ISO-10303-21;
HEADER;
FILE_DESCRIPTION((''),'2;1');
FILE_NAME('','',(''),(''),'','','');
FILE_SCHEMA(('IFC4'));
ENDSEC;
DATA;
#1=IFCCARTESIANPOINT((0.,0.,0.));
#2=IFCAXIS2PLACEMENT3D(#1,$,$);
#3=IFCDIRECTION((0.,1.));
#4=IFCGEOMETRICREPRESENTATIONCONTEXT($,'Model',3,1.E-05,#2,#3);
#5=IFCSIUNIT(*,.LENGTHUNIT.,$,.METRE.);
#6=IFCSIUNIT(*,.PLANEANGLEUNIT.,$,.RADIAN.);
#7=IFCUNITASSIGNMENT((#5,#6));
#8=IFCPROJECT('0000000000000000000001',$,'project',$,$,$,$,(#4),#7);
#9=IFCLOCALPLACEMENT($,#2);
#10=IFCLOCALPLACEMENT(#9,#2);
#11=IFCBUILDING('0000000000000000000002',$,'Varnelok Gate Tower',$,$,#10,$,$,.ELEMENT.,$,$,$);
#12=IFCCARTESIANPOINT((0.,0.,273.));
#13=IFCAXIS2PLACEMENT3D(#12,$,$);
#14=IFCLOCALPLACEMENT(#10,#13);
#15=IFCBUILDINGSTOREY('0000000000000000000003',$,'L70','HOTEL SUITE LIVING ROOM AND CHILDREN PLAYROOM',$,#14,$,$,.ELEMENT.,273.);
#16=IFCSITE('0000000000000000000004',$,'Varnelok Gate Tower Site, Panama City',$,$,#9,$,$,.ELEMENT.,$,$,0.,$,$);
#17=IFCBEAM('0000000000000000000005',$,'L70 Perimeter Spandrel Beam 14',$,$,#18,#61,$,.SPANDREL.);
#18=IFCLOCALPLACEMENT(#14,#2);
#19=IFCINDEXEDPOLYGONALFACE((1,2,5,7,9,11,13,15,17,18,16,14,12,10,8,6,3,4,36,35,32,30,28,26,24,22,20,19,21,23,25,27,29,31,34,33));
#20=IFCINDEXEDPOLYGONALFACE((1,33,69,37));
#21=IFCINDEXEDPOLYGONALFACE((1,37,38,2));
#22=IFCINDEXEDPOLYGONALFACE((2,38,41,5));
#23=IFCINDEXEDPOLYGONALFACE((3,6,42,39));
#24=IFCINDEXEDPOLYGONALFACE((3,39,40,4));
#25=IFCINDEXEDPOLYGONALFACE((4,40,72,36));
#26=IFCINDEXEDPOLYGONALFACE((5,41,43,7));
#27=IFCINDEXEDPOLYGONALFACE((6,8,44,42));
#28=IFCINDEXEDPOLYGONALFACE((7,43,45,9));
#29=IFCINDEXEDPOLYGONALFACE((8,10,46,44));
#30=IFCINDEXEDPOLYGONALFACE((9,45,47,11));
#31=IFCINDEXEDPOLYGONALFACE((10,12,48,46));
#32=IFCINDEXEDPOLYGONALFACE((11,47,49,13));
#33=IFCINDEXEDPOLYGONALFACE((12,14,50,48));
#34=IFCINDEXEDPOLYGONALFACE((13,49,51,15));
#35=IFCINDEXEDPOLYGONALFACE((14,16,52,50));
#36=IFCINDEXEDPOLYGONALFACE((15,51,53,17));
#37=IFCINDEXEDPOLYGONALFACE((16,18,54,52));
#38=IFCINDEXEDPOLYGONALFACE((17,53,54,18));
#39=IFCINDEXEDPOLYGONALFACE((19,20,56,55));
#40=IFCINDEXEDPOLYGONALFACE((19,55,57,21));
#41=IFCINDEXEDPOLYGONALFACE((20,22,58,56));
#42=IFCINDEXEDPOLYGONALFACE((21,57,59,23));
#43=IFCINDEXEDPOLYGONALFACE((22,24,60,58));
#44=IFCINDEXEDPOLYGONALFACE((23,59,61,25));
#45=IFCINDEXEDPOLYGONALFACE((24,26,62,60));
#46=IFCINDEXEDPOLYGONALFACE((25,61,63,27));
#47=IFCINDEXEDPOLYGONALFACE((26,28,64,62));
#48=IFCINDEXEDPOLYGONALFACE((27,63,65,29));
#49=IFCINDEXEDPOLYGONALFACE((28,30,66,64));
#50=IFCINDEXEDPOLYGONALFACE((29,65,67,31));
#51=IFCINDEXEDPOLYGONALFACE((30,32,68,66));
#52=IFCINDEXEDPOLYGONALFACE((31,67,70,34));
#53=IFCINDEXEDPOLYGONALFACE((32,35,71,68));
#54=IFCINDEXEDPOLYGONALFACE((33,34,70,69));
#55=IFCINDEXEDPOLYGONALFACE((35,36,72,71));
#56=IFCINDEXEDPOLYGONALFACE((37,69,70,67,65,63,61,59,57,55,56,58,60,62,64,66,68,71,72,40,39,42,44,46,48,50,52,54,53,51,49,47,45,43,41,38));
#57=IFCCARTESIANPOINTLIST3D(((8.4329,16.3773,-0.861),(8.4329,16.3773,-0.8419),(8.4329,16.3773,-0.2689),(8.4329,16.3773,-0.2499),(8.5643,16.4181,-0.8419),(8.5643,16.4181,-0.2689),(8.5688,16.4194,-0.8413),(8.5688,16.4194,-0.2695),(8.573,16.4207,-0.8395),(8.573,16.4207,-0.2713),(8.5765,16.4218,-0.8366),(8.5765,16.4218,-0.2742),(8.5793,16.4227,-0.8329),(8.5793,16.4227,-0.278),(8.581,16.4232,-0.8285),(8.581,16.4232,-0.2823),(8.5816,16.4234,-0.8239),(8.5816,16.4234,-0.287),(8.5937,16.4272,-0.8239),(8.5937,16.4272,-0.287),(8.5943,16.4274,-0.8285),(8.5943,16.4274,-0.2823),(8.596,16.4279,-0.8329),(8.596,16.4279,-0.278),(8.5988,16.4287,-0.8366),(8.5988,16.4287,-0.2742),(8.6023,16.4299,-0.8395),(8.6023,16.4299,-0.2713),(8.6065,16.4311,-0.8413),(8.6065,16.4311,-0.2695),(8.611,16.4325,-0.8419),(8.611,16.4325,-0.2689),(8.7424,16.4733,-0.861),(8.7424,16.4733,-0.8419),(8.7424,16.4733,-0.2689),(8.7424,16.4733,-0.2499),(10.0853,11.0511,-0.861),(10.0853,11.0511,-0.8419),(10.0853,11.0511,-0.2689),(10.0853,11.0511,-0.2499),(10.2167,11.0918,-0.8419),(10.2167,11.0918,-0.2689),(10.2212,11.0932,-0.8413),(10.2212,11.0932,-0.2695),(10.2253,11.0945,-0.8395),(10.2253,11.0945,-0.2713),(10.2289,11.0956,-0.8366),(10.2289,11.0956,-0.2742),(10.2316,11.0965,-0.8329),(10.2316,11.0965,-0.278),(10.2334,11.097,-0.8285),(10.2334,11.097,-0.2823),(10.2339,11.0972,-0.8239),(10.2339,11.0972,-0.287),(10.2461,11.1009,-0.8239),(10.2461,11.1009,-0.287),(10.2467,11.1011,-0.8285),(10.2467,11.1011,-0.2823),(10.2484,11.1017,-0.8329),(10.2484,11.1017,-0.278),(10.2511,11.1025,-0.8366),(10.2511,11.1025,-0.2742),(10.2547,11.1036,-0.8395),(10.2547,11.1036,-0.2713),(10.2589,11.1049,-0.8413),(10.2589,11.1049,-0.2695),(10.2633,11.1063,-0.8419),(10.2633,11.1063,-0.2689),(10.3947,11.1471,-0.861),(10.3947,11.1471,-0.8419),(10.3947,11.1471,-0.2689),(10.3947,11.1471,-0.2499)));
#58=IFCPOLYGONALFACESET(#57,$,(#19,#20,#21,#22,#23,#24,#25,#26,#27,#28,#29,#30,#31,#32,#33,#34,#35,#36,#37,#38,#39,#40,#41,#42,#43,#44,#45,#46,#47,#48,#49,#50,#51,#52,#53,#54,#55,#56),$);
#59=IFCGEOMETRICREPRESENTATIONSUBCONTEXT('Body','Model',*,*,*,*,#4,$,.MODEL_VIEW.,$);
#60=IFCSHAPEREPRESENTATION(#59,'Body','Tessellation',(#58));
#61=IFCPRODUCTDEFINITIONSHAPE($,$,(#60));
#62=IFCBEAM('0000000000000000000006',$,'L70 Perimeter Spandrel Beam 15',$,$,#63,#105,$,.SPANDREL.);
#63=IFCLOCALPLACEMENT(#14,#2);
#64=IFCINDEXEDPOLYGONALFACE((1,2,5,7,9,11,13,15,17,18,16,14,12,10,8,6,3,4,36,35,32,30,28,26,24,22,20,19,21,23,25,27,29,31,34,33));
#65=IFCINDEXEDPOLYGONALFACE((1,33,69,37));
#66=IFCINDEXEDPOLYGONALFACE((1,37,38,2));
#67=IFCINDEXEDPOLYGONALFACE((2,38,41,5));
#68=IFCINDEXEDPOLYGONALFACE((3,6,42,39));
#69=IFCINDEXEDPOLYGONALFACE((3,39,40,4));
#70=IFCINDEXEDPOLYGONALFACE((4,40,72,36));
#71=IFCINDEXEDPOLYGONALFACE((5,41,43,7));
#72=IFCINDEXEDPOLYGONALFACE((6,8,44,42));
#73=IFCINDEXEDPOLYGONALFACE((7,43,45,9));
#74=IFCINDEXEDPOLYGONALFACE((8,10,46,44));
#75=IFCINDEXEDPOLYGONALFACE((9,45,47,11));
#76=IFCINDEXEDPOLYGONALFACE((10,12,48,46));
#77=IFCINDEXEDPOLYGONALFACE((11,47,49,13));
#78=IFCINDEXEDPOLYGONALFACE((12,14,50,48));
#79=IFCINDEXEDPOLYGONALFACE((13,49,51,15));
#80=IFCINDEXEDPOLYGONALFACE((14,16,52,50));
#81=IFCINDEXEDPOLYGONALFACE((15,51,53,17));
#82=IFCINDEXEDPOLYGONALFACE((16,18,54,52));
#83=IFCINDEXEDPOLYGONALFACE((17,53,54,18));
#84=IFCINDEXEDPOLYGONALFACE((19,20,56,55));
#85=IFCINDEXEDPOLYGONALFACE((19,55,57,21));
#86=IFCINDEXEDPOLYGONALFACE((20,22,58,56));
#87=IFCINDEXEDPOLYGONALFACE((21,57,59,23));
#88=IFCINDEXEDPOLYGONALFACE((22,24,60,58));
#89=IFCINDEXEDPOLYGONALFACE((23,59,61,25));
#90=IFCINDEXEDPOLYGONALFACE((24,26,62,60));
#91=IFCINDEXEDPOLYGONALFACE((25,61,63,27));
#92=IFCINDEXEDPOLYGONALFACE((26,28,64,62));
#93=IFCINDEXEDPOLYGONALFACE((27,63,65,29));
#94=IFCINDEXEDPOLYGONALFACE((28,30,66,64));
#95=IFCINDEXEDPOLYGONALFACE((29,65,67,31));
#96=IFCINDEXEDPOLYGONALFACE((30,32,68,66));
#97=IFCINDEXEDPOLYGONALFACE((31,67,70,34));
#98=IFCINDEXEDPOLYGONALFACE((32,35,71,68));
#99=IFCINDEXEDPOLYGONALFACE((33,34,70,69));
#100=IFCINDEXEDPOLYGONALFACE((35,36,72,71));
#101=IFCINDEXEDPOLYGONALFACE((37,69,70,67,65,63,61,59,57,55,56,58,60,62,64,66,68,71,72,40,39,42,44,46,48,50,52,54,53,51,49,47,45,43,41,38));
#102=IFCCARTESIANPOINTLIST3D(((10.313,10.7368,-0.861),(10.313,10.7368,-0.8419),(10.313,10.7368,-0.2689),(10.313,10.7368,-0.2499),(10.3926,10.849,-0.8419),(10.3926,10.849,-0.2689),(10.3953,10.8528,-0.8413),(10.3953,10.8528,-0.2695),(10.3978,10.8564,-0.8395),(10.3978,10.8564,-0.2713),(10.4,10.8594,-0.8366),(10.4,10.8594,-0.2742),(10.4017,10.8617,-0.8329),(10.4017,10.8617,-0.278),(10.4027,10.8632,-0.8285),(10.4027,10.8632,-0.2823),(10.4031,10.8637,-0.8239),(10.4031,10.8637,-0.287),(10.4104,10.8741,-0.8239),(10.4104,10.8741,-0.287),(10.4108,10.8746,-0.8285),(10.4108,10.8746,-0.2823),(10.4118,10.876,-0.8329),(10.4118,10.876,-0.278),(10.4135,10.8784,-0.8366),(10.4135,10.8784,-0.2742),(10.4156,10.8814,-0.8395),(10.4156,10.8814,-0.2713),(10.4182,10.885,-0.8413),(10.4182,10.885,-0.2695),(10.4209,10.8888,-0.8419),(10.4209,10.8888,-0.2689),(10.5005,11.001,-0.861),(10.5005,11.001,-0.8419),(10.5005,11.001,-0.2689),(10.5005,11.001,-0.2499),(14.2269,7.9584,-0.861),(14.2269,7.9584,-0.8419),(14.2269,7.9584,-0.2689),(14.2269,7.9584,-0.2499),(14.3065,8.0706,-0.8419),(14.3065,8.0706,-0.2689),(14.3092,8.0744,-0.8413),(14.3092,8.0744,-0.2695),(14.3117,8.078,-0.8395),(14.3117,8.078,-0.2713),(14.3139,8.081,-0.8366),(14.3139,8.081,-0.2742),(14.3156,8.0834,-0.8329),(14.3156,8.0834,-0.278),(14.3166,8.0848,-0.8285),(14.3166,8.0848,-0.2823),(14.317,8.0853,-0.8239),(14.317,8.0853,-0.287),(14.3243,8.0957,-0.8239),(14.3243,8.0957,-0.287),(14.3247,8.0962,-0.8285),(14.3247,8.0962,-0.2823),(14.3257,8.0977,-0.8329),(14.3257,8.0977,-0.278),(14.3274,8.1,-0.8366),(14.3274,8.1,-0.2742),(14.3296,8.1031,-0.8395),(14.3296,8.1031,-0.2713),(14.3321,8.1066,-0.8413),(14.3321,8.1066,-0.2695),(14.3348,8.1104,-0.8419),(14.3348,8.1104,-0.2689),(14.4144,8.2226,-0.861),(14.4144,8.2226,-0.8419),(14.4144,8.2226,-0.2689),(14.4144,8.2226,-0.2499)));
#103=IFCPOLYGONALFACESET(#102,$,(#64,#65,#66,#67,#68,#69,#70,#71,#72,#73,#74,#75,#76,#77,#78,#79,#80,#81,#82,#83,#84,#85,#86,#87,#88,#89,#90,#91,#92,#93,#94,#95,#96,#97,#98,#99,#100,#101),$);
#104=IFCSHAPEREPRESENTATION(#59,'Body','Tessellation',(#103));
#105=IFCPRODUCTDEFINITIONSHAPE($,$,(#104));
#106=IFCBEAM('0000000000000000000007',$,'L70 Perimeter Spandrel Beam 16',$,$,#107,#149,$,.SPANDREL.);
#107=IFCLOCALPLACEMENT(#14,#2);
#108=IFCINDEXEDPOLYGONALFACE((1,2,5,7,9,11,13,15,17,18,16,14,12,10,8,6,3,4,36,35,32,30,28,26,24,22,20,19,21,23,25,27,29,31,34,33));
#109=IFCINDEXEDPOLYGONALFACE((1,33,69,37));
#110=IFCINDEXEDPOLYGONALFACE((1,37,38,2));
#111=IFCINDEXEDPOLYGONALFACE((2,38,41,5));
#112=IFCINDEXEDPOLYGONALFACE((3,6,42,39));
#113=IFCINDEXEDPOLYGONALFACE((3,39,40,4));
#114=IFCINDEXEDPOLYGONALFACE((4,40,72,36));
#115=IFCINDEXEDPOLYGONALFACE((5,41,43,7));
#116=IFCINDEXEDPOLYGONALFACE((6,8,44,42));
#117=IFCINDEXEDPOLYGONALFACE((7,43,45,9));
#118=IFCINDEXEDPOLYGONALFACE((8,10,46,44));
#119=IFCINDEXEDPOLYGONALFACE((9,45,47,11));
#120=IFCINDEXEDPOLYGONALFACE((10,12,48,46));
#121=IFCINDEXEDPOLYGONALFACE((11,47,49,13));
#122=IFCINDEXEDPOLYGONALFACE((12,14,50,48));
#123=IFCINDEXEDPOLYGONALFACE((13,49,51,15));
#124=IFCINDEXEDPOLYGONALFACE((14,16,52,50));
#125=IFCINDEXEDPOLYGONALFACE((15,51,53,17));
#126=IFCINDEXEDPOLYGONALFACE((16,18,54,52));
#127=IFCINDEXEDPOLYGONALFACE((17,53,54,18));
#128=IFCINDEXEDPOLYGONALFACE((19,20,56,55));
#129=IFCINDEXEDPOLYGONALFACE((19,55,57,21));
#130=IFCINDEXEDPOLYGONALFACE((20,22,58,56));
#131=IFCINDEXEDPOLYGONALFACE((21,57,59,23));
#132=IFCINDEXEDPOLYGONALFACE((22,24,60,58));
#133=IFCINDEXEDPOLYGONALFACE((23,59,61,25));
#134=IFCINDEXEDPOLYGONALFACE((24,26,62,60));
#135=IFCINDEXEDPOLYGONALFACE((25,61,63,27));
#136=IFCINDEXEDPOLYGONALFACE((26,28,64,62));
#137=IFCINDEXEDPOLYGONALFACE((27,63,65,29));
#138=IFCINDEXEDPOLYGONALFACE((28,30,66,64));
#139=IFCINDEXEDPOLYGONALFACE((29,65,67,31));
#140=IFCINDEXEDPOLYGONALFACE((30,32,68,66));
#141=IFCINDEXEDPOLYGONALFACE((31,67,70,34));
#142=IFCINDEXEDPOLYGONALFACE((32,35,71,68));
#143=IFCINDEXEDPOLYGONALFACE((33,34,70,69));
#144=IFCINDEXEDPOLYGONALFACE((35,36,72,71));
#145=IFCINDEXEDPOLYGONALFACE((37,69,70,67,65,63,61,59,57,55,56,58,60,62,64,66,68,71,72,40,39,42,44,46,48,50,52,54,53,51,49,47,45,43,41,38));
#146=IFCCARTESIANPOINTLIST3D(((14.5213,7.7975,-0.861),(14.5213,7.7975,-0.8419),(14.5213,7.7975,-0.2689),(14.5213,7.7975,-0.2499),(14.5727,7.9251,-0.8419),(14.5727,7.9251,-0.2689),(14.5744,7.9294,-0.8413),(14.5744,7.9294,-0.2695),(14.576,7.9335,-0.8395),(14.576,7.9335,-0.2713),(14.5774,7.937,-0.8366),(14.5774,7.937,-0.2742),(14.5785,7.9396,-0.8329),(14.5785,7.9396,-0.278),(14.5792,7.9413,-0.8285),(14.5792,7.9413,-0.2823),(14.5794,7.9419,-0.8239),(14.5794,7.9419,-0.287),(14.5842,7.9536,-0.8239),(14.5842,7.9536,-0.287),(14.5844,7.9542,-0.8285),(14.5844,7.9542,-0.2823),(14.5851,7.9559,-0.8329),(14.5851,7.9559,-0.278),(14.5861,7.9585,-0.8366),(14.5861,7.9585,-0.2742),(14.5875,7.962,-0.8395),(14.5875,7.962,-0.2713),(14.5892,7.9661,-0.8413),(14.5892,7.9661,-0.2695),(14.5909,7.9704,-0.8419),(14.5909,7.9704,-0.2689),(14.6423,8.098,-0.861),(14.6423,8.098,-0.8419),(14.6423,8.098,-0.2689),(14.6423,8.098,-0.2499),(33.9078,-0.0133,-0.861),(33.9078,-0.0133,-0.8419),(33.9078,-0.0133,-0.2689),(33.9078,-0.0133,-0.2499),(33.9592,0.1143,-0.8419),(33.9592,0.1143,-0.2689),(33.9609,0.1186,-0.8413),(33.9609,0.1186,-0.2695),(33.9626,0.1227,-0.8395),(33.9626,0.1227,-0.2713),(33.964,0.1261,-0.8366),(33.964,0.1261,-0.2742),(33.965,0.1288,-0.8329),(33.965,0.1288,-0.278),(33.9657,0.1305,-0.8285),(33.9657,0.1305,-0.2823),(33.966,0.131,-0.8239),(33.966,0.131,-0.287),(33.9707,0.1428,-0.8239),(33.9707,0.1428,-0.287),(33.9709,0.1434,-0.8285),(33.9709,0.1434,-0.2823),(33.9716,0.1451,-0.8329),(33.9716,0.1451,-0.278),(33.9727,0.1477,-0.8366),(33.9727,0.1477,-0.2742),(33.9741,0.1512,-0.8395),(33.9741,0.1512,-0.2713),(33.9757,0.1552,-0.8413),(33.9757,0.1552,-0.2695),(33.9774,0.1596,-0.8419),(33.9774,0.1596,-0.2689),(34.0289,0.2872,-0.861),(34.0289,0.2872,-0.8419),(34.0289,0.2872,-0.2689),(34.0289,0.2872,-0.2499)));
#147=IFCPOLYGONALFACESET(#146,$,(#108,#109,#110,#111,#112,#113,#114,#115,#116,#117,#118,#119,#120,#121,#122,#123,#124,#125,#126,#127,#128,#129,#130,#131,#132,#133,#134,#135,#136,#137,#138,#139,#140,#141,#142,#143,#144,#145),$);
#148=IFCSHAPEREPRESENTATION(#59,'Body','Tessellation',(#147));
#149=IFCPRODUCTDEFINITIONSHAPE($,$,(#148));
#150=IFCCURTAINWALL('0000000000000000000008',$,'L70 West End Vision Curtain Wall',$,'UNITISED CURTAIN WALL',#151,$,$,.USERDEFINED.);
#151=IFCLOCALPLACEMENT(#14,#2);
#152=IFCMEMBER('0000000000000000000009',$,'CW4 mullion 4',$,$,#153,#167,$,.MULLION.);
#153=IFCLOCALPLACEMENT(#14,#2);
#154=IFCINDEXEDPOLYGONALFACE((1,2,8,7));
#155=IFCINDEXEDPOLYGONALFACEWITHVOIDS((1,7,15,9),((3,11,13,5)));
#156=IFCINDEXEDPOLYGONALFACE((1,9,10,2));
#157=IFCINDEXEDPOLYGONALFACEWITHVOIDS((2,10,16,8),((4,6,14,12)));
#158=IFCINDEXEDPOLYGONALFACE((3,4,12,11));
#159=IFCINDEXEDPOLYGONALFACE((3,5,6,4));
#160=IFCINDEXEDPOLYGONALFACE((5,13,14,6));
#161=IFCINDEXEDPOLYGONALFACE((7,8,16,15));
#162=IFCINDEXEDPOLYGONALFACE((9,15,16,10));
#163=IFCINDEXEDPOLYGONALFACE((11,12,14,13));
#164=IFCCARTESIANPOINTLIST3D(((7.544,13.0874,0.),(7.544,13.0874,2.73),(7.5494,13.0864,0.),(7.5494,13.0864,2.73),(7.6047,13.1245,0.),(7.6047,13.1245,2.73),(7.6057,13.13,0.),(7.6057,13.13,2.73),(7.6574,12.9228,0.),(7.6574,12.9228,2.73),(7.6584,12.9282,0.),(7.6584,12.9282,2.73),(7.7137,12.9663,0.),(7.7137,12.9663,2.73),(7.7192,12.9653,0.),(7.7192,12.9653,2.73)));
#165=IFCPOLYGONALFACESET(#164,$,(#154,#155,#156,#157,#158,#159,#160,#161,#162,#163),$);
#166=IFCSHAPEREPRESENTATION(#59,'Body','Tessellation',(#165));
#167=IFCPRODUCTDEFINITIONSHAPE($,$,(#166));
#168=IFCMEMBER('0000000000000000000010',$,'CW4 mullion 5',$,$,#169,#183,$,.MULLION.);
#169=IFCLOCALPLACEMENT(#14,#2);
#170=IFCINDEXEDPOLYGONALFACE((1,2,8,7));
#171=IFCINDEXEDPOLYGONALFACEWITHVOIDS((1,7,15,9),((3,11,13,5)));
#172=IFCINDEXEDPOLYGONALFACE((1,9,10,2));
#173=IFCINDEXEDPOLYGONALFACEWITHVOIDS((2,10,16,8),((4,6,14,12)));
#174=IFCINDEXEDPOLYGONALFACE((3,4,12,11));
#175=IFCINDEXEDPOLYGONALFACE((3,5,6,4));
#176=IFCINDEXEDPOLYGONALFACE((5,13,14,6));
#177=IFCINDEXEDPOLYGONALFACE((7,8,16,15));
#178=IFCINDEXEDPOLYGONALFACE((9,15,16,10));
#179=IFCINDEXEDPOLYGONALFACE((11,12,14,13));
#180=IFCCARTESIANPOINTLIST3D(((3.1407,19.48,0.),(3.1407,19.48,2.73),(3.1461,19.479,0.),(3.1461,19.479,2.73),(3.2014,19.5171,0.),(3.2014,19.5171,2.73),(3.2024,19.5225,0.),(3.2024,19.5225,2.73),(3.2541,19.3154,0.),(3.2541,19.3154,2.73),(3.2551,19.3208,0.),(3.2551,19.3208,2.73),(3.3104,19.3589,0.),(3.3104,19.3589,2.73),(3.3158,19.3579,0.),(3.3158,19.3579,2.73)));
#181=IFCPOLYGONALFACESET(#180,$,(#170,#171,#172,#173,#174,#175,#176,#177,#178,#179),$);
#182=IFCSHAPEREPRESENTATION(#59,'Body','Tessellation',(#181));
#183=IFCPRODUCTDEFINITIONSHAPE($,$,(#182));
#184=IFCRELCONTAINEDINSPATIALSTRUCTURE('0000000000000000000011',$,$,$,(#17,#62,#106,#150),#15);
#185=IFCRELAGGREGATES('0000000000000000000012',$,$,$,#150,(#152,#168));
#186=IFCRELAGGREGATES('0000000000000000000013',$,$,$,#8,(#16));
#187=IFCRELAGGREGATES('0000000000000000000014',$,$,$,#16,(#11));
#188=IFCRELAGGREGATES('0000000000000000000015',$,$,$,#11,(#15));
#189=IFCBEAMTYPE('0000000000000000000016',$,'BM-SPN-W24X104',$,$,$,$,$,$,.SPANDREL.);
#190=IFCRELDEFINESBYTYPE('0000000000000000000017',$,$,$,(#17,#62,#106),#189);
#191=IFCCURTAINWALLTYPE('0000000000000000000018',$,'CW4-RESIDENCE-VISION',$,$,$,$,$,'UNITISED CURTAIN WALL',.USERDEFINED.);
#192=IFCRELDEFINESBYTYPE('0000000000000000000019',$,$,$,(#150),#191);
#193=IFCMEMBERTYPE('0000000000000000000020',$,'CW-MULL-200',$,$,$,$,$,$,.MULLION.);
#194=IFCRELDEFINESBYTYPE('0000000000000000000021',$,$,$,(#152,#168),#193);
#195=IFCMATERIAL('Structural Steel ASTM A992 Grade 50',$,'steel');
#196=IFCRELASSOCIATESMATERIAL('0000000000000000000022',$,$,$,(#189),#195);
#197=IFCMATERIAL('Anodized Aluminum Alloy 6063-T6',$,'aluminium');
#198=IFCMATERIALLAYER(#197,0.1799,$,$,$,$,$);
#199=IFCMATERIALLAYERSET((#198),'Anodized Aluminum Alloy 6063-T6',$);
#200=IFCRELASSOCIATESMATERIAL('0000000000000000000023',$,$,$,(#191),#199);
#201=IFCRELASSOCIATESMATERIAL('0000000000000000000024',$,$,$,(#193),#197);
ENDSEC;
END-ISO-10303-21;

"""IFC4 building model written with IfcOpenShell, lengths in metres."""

from ifc_helpers import new_model, si_unit, direction, frame, origin, origin_2d, place, context, subcontext, project, spatial, hollow_rectangle, i_section, extrude, material, layer, layer_set, material_profile, profile_set, type_object, element, aggregate, save


model = new_model("IFC4")

# Units and contexts
model_context = context("Model", 3, precision=1e-05, world=origin(), true_north=direction((0.0, 1.0)))
body_context = subcontext(model_context, "Body", "Model", "MODEL_VIEW")
ifc_project = project(units=[si_unit("LENGTHUNIT", "METRE"), si_unit("PLANEANGLEUNIT", "RADIAN")], contexts=[model_context])

# Site, building, storey
site_placement = place(None, origin())
site = spatial("IfcSite", under=ifc_project, at=site_placement, Name="Varnelok Gate Tower Site, Panama City", CompositionType="ELEMENT", RefElevation=0.0)
building_placement = place(site_placement, origin())
building = spatial("IfcBuilding", under=site, at=building_placement, Name="Varnelok Gate Tower", CompositionType="ELEMENT")
storey_placement = place(building_placement, frame((0.0, 0.0, 273.0)))
storey = spatial("IfcBuildingStorey", under=building, at=storey_placement, Name="L70", Description="HOTEL SUITE LIVING ROOM AND CHILDREN PLAYROOM", CompositionType="ELEMENT", Elevation=273.0)

# Shared definitions
ifc_material_1 = material(Name="Structural Steel ASTM A992 Grade 50", Category="steel")

# Beams
ifc_material_profile_1 = material_profile(ifc_material_1, i_section(OverallWidth=0.324, OverallDepth=0.6111, WebThickness=0.0127, FlangeThickness=0.019, FilletRadius=0.0181, at=origin_2d()), Name="W24X104")
ifc_profile_set_1 = profile_set([ifc_material_profile_1], Name="Structural Steel ASTM A992 Grade 50")
beam_type_1 = type_object("IfcBeamType", Name="BM-SPN-W24X104", PredefinedType="SPANDREL", material=ifc_profile_set_1)
beam_1_placement = place(storey_placement, frame((8.5876, 16.4253, -0.5554), z_axis=(0.2963, -0.955095, 0.0), x_axis=(0.955095, 0.2963, 0.0)))
element("IfcBeam", 1, at=beam_1_placement, inside=storey, type_object=beam_type_1, Name="L70 Perimeter Spandrel Beam 14", PredefinedType="SPANDREL", context=body_context, shape_type="SweptSolid", body=[
    extrude(i_section(OverallWidth=0.324, OverallDepth=0.6111, WebThickness=0.0127, FlangeThickness=0.019, FilletRadius=0.0181, at=origin_2d()), origin(), (0.0, 0.0, 1.0), 5.5767),
])
beam_2_placement = place(storey_placement, frame((10.4067, 10.8689, -0.5554), z_axis=(0.815431, -0.578854, 0.0), x_axis=(0.578854, 0.815431, 0.0)))
element("IfcBeam", 2, at=beam_2_placement, inside=storey, type_object=beam_type_1, Name="L70 Perimeter Spandrel Beam 15", PredefinedType="SPANDREL", context=body_context, shape_type="SweptSolid", body=[
    extrude(i_section(OverallWidth=0.324, OverallDepth=0.6111, WebThickness=0.0127, FlangeThickness=0.019, FilletRadius=0.0181, at=origin_2d()), origin(), (0.0, 0.0, 1.0), 4.7998),
])
beam_3_placement = place(storey_placement, frame((14.5818, 7.9478, -0.5554), z_axis=(0.927547, -0.373708, 0.0), x_axis=(0.373708, 0.927547, 0.0)))
element("IfcBeam", 3, at=beam_3_placement, inside=storey, type_object=beam_type_1, Name="L70 Perimeter Spandrel Beam 16", PredefinedType="SPANDREL", context=body_context, shape_type="SweptSolid", body=[
    extrude(i_section(OverallWidth=0.324, OverallDepth=0.6111, WebThickness=0.0127, FlangeThickness=0.019, FilletRadius=0.0181, at=origin_2d()), origin(), (0.0, 0.0, 1.0), 20.9009),
])

# Curtain wall, members
ifc_material_2 = material(Name="Anodized Aluminum Alloy 6063-T6", Category="aluminium")
ifc_layer_1 = layer(ifc_material_2, 0.1799)
ifc_layer_set_1 = layer_set([ifc_layer_1], Name="Anodized Aluminum Alloy 6063-T6")
curtain_wall_type = type_object("IfcCurtainWallType", Name="CW4-RESIDENCE-VISION", ElementType="UNITISED CURTAIN WALL", PredefinedType="USERDEFINED", material=ifc_layer_set_1)
curtain_wall_placement = place(storey_placement, origin())
curtain_wall = element("IfcCurtainWall", 4, at=curtain_wall_placement, inside=storey, type_object=curtain_wall_type, Name="L70 West End Vision Curtain Wall", ObjectType="UNITISED CURTAIN WALL", PredefinedType="USERDEFINED")
ifc_material_profile_2 = material_profile(ifc_material_2, hollow_rectangle(XDim=0.075, YDim=0.2, WallThickness=0.0039, at=origin_2d()), Name="ALU200X75X4")
ifc_profile_set_2 = profile_set([ifc_material_profile_2], Name="Anodized Aluminum Alloy 6063-T6")
member_type_1 = type_object("IfcMemberType", Name="CW-MULL-200", PredefinedType="MULLION", material=ifc_profile_set_2)
member_1_placement = place(storey_placement, frame((7.6316, 13.0264, 0.0), z_axis=(0.0, 0.0, 1.0), x_axis=(-0.823532, -0.567269, 0.0)))
member_1 = element("IfcMember", 5, at=member_1_placement, type_object=member_type_1, Name="CW4 mullion 4", PredefinedType="MULLION", context=body_context, shape_type="SweptSolid", body=[
    extrude(hollow_rectangle(XDim=0.075, YDim=0.2, WallThickness=0.0039, at=origin_2d()), origin(), (0.0, 0.0, 1.0), 2.73),
])
member_2_placement = place(storey_placement, frame((3.2283, 19.4189, 0.0), z_axis=(0.0, 0.0, 1.0), x_axis=(-0.823532, -0.567269, 0.0)))
member_2 = element("IfcMember", 6, at=member_2_placement, type_object=member_type_1, Name="CW4 mullion 5", PredefinedType="MULLION", context=body_context, shape_type="SweptSolid", body=[
    extrude(hollow_rectangle(XDim=0.075, YDim=0.2, WallThickness=0.0039, at=origin_2d()), origin(), (0.0, 0.0, 1.0), 2.73),
])
aggregate(curtain_wall, [member_1, member_2])

save(model, "model.ifc")
